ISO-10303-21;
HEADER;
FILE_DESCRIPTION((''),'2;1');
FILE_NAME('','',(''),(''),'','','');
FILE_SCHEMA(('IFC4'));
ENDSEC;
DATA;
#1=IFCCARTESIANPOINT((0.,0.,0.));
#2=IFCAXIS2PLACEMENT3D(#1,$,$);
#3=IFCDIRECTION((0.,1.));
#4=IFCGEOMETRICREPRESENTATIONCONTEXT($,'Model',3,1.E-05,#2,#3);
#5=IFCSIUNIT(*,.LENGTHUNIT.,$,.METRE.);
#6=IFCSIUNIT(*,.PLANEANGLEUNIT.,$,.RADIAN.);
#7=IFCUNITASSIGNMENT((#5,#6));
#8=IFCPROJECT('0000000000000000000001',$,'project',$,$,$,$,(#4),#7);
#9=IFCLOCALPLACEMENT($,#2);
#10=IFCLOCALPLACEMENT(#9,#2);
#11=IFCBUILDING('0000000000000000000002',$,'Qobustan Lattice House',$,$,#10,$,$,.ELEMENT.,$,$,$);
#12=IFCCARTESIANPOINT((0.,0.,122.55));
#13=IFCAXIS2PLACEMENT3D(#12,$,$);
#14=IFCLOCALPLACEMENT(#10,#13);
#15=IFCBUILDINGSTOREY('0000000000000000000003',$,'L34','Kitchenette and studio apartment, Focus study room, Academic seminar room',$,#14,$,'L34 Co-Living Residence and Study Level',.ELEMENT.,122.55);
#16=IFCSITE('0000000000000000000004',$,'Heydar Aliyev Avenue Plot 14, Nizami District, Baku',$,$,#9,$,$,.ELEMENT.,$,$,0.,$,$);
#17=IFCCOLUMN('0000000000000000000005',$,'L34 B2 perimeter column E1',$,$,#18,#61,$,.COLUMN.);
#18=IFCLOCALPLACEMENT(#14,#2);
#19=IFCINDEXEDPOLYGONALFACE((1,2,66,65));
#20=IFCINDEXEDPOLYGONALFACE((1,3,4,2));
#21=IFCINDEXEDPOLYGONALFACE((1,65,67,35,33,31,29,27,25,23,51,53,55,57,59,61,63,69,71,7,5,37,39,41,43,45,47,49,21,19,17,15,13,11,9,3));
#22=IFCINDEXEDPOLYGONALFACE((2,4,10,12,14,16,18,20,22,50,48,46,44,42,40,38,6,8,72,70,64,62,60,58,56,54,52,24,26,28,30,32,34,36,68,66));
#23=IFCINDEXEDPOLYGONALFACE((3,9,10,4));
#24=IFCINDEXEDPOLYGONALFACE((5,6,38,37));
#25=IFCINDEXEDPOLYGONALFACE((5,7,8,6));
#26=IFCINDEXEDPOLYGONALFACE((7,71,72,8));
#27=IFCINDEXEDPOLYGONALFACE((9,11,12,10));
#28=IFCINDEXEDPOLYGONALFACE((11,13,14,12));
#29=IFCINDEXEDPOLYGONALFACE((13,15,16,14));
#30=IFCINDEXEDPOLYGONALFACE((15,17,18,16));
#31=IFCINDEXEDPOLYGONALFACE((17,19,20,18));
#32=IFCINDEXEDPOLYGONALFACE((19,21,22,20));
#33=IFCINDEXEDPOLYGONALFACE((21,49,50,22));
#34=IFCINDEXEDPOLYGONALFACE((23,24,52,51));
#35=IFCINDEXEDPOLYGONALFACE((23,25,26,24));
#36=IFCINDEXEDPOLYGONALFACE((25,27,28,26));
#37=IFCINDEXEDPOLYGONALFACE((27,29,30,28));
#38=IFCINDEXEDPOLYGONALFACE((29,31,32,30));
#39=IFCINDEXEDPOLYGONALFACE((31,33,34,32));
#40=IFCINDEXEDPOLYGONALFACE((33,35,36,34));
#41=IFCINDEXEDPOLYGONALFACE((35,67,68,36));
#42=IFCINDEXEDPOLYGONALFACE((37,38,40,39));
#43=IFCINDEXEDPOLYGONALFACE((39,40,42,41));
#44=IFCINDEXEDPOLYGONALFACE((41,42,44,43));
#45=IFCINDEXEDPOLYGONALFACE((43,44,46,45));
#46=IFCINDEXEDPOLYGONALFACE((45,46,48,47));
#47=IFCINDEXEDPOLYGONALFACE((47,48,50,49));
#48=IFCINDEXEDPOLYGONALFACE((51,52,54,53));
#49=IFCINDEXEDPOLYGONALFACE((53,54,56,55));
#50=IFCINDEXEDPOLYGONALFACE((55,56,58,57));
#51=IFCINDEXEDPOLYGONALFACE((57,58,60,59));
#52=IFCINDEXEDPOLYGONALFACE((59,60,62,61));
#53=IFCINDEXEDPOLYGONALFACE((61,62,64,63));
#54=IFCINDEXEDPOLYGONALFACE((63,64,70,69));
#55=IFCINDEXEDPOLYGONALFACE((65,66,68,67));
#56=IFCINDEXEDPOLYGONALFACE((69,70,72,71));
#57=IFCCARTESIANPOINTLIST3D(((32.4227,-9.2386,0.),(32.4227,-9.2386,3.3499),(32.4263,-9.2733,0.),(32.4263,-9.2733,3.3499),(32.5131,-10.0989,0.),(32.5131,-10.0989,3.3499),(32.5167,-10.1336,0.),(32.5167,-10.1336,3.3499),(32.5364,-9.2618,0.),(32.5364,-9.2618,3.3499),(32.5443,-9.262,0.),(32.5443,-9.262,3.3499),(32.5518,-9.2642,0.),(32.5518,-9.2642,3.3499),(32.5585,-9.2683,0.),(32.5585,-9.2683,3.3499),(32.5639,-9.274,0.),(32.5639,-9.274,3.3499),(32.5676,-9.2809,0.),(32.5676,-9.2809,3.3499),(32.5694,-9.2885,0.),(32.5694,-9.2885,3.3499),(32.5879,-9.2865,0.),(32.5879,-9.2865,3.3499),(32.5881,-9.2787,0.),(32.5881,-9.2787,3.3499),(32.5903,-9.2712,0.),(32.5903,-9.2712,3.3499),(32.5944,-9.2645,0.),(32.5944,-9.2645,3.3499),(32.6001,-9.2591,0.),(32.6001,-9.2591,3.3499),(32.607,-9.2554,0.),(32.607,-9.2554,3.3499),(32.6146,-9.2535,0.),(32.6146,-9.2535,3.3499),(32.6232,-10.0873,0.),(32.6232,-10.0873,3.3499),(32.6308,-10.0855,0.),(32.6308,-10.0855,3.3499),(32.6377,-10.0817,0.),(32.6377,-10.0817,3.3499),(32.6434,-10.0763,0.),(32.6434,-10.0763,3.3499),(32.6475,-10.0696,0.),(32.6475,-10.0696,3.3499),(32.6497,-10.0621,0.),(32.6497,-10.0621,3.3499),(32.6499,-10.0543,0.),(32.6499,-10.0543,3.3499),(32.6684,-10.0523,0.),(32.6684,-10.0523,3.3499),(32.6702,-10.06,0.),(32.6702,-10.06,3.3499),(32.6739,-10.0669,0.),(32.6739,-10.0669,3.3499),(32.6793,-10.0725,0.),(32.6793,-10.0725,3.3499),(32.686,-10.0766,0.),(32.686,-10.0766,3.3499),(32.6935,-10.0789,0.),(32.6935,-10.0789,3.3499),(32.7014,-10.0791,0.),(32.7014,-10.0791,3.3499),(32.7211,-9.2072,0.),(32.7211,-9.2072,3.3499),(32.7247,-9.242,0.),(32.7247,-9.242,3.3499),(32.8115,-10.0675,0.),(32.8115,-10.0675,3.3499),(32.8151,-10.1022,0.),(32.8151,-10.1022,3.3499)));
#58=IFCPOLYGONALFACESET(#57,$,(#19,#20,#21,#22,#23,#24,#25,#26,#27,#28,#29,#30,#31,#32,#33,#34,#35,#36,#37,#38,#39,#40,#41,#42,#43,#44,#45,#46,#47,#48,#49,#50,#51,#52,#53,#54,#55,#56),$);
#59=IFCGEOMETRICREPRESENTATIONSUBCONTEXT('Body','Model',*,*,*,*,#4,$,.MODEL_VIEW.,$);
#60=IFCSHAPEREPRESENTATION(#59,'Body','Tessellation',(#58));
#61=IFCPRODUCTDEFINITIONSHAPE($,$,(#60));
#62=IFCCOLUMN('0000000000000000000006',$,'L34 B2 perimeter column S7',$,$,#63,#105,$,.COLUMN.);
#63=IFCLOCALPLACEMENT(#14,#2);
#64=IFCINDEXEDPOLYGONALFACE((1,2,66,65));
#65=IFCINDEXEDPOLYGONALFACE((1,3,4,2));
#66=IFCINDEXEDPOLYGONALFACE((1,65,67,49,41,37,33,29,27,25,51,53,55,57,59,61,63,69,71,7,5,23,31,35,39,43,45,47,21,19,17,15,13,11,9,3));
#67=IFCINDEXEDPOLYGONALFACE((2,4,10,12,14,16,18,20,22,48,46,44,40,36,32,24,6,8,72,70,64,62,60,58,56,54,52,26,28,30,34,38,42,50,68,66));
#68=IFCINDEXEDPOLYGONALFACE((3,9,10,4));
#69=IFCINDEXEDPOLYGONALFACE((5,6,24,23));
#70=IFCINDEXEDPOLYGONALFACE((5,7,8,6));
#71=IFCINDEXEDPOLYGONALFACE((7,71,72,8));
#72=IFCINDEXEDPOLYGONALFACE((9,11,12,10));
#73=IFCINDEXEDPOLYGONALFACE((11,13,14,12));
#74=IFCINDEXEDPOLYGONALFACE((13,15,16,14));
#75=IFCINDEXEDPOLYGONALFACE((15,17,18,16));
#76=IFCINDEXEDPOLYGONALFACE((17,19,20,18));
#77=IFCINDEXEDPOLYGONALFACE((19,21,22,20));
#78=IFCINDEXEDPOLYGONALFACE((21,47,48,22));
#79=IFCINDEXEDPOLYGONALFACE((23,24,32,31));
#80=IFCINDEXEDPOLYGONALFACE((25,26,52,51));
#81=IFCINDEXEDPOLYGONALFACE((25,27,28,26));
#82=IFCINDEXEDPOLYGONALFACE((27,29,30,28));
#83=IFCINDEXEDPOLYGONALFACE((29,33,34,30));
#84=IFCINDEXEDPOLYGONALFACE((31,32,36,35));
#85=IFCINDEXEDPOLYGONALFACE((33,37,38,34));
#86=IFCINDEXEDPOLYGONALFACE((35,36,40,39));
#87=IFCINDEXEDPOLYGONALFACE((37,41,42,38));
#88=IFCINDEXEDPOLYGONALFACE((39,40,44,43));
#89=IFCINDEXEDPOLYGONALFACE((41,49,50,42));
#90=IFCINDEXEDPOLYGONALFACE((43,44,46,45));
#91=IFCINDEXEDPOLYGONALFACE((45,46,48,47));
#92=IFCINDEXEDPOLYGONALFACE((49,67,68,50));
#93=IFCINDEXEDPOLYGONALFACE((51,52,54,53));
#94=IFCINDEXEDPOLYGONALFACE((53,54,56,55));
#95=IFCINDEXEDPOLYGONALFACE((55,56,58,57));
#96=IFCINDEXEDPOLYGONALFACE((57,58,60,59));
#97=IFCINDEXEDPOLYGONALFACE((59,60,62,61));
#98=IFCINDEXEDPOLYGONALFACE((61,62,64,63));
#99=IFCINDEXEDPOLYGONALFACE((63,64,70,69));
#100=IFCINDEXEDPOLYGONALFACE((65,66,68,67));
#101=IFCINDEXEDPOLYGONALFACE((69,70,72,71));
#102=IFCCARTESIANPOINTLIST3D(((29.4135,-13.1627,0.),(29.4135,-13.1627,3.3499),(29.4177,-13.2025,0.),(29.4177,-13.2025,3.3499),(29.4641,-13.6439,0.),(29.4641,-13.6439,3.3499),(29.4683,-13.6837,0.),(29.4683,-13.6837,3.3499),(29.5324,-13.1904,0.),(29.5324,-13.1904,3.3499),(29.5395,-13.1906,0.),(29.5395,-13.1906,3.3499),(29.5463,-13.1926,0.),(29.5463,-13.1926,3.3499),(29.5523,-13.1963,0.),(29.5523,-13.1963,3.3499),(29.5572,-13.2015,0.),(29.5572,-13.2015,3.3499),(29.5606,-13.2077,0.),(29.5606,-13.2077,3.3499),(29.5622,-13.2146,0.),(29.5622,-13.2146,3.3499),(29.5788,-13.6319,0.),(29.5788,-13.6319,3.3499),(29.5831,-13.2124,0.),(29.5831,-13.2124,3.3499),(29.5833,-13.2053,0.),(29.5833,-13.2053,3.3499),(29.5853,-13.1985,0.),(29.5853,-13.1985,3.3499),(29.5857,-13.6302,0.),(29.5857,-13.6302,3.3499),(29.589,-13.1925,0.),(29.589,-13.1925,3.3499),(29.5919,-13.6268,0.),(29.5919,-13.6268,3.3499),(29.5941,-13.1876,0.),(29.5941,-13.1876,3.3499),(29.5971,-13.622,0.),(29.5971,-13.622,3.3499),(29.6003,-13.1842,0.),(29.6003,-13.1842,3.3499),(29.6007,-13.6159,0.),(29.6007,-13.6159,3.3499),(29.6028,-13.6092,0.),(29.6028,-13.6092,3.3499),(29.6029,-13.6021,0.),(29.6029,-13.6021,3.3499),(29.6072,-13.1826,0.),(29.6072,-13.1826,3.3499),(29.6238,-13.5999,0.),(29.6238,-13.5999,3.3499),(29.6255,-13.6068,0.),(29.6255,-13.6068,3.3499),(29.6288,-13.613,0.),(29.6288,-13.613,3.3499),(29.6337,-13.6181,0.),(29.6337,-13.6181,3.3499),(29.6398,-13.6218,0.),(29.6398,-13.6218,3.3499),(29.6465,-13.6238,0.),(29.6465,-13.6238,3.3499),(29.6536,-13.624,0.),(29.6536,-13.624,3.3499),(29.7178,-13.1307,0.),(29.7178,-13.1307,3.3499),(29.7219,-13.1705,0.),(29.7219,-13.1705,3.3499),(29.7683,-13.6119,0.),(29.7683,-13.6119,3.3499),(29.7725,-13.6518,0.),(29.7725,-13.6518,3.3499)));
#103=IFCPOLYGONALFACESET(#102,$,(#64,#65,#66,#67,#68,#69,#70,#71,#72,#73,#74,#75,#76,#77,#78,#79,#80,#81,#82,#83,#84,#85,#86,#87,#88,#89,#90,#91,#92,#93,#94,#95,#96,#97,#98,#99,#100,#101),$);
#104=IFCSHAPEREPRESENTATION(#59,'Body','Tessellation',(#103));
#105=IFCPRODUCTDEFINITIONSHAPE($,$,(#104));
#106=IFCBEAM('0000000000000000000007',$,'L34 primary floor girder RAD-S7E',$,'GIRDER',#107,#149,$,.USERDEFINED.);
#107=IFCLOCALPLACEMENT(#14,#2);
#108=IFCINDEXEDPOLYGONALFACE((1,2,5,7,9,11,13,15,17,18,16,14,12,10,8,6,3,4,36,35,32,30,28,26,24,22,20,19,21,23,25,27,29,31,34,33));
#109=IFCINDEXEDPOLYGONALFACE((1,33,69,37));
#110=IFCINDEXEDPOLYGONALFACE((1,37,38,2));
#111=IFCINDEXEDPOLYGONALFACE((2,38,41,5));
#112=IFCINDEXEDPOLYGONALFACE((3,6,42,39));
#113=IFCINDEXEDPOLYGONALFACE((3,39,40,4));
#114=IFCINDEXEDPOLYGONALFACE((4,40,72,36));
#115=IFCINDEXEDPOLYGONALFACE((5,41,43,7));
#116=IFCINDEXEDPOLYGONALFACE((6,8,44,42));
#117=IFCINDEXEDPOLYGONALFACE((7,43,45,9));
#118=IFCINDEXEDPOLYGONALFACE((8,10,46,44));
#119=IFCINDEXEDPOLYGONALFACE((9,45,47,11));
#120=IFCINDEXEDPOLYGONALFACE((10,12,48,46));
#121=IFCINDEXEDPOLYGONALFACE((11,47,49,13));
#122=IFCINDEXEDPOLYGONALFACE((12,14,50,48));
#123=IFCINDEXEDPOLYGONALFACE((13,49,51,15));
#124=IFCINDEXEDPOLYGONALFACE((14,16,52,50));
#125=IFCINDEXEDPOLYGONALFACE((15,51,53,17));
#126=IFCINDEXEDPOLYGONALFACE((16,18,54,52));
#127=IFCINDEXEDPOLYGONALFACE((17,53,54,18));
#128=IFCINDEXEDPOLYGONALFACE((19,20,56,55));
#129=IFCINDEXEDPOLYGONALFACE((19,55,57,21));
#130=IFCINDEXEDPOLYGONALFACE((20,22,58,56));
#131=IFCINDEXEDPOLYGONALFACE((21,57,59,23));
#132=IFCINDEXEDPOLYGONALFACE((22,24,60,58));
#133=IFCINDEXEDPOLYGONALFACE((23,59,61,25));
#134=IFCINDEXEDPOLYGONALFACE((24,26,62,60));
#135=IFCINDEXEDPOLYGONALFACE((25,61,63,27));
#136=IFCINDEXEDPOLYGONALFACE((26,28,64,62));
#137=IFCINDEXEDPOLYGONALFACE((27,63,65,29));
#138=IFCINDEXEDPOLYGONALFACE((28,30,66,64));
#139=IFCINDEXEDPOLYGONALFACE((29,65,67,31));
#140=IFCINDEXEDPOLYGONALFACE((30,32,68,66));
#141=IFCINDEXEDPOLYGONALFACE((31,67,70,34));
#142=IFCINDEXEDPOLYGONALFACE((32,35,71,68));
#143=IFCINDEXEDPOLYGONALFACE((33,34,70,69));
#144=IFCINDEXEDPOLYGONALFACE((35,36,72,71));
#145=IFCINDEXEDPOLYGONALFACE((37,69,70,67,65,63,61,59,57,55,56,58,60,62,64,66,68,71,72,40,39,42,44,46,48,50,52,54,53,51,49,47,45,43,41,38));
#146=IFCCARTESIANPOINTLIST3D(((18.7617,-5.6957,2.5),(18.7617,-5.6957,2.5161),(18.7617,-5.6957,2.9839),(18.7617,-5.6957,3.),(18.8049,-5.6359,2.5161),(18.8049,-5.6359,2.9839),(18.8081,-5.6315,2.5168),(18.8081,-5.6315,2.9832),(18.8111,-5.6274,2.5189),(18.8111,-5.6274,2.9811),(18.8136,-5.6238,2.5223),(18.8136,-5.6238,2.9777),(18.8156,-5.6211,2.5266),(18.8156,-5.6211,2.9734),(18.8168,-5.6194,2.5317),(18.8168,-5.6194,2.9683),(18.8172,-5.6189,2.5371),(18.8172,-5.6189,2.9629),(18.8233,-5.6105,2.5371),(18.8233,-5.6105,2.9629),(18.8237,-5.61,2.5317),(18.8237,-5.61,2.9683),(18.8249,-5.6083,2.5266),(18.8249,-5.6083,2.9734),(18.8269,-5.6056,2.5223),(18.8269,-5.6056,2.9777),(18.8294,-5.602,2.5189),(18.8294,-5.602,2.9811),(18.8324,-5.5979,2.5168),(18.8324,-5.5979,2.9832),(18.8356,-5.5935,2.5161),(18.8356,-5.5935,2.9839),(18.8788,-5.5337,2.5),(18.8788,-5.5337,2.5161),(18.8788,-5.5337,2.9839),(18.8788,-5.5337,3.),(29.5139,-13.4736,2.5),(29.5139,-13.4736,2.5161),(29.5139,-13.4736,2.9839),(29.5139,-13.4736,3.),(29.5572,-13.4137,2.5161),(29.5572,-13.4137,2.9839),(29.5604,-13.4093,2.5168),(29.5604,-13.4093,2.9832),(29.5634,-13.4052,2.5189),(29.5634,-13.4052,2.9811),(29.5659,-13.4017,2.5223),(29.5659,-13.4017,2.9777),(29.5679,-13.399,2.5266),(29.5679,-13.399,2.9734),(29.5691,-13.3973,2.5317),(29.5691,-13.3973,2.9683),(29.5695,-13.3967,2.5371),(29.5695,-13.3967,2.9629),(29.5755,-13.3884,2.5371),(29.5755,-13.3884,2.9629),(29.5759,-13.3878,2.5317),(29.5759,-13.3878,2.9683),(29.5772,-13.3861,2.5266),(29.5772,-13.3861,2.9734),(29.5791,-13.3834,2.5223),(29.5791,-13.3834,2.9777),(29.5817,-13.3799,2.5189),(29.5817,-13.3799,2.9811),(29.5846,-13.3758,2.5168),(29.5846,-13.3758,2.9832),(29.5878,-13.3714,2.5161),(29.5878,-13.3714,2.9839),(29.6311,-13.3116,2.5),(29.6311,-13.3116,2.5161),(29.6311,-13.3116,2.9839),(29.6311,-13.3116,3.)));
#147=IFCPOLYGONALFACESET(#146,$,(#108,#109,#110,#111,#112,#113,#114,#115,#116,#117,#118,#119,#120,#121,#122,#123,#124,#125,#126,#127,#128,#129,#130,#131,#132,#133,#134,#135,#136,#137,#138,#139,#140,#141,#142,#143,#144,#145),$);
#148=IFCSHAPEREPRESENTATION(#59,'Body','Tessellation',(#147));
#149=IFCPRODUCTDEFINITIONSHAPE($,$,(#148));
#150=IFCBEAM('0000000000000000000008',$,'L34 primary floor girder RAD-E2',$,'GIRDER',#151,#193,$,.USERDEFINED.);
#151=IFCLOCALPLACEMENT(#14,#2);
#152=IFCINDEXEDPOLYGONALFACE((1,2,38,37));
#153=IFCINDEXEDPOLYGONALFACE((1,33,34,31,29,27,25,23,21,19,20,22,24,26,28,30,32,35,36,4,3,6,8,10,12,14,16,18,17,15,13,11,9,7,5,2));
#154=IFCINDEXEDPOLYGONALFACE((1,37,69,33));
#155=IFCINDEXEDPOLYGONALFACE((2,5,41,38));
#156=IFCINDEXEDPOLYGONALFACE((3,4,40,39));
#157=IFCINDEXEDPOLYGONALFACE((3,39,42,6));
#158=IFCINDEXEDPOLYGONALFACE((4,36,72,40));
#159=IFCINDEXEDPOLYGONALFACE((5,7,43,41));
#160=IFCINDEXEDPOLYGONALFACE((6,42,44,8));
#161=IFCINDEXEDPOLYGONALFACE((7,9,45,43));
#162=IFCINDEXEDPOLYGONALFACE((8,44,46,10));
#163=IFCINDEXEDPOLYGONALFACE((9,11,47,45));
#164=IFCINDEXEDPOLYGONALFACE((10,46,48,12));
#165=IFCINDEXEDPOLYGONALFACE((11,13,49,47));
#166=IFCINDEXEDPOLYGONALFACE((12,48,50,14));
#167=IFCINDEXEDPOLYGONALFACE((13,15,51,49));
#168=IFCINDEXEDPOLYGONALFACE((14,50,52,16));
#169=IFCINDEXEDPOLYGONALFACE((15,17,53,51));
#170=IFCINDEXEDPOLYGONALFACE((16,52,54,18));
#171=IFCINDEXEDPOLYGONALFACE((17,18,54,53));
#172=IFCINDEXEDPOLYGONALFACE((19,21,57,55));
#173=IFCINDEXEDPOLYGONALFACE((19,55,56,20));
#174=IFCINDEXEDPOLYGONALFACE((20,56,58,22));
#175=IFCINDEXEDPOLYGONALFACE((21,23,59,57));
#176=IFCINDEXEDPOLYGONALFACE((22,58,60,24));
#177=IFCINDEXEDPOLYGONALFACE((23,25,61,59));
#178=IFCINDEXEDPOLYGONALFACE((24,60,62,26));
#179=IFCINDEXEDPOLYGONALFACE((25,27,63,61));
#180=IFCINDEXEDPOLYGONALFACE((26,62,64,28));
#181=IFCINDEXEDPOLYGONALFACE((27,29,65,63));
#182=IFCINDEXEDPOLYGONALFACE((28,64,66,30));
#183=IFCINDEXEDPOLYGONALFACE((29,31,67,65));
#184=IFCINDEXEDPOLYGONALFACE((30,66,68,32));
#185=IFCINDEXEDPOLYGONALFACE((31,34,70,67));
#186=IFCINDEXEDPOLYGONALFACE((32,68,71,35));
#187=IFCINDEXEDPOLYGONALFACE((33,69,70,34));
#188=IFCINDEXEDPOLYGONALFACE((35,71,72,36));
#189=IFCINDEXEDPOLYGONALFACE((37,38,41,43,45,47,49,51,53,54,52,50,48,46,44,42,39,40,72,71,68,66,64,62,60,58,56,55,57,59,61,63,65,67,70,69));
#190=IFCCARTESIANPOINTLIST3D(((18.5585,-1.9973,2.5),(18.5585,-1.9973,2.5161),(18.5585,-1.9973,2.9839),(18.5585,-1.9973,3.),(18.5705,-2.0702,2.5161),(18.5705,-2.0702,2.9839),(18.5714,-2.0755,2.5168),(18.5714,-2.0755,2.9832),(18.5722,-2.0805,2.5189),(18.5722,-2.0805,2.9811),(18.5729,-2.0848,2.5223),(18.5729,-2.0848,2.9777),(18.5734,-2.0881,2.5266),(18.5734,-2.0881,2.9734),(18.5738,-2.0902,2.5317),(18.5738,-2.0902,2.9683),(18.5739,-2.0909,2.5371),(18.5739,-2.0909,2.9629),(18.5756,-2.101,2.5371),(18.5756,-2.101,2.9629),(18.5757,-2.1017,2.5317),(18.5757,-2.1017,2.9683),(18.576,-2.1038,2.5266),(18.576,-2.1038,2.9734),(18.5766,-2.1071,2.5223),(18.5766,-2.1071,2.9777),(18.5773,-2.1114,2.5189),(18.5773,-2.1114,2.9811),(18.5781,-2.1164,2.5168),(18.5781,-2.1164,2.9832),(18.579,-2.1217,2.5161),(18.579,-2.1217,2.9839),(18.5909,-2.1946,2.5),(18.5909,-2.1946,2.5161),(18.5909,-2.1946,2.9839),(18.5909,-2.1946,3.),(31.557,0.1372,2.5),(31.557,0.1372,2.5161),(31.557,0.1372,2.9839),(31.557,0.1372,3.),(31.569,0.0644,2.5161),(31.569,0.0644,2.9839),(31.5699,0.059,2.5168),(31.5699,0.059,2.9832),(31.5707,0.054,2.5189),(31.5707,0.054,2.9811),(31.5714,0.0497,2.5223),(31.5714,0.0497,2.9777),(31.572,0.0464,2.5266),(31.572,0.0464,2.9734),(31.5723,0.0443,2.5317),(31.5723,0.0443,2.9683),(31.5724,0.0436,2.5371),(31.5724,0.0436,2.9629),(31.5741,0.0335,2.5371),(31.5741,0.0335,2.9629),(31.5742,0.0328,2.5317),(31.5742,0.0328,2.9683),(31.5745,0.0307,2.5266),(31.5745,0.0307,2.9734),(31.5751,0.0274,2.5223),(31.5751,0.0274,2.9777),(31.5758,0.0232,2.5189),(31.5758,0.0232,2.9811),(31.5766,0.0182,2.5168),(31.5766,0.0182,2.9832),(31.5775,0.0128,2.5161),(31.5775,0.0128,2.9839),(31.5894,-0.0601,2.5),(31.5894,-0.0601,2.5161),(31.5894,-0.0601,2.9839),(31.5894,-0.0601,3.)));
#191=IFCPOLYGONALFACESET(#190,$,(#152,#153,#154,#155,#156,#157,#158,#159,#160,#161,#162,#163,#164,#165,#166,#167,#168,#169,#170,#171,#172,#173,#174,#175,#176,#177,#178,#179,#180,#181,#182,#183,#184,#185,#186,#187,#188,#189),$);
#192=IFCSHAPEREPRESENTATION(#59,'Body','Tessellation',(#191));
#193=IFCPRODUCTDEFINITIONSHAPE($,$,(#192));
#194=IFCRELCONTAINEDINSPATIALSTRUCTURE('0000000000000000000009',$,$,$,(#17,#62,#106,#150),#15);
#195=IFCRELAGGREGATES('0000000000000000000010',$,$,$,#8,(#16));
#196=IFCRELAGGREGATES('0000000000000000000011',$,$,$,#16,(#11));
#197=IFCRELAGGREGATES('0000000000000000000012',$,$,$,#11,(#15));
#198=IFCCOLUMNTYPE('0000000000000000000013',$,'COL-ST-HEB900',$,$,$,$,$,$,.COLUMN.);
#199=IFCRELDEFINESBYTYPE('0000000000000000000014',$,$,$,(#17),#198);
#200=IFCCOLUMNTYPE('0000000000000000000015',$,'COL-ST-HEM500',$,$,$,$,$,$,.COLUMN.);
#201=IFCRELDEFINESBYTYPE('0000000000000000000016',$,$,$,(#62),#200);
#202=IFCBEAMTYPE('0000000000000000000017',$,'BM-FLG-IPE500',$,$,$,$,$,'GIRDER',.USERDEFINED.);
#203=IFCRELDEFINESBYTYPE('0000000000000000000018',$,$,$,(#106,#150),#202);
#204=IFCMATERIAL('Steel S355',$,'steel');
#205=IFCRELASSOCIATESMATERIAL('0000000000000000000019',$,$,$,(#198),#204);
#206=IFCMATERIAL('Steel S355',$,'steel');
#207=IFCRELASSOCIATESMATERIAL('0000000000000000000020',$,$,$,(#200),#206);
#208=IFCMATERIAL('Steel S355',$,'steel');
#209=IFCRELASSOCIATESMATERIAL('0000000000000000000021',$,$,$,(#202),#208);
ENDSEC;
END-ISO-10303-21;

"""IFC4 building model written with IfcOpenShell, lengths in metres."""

from ifc_helpers import new_model, si_unit, direction, frame, origin, origin_2d, place, context, subcontext, project, spatial, i_section, extrude, material, material_profile, profile_set, type_object, element, save


model = new_model("IFC4")

# Units and contexts
model_context = context("Model", 3, precision=1e-05, world=origin(), true_north=direction((0.0, 1.0)))
body_context = subcontext(model_context, "Body", "Model", "MODEL_VIEW")
ifc_project = project(units=[si_unit("LENGTHUNIT", "METRE"), si_unit("PLANEANGLEUNIT", "RADIAN")], contexts=[model_context])

# Site, building, storey
site_placement = place(None, origin())
site = spatial("IfcSite", under=ifc_project, at=site_placement, Name="Heydar Aliyev Avenue Plot 14, Nizami District, Baku", CompositionType="ELEMENT", RefElevation=0.0)
building_placement = place(site_placement, origin())
building = spatial("IfcBuilding", under=site, at=building_placement, Name="Qobustan Lattice House", CompositionType="ELEMENT")
storey_placement = place(building_placement, frame((0.0, 0.0, 122.55)))
storey = spatial("IfcBuildingStorey", under=building, at=storey_placement, Name="L34", Description="Kitchenette and studio apartment, Focus study room, Academic seminar room", LongName="L34 Co-Living Residence and Study Level", CompositionType="ELEMENT", Elevation=122.55)

# Columns
ifc_material_1 = material(Name="Steel S355", Category="steel")
ifc_material_profile_1 = material_profile(ifc_material_1, i_section(OverallWidth=0.3, OverallDepth=0.8999, WebThickness=0.0186, FlangeThickness=0.0349, FilletRadius=0.03, at=origin_2d()), Name="HEB900")
ifc_profile_set_1 = profile_set([ifc_material_profile_1], Name="Steel S355")
column_type_1 = type_object("IfcColumnType", Name="COL-ST-HEB900", PredefinedType="COLUMN", material=ifc_profile_set_1)
column_1_placement = place(storey_placement, frame((32.6189, -9.6704, 0.0), z_axis=(0.0, 0.0, 1.0), x_axis=(0.994522, 0.104528, 0.0)))
element("IfcColumn", 1, at=column_1_placement, inside=storey, type_object=column_type_1, Name="L34 B2 perimeter column E1", PredefinedType="COLUMN", context=body_context, shape_type="SweptSolid", body=[
    extrude(i_section(OverallWidth=0.3, OverallDepth=0.8999, WebThickness=0.0186, FlangeThickness=0.0349, FilletRadius=0.03, at=origin_2d()), origin(), (0.0, 0.0, 1.0), 3.3499),
])
ifc_material_2 = material(Name="Steel S355", Category="steel")
ifc_material_profile_2 = material_profile(ifc_material_2, i_section(OverallWidth=0.3059, OverallDepth=0.5239, WebThickness=0.021, FlangeThickness=0.04, FilletRadius=0.0271, at=origin_2d()), Name="HEM500")
ifc_profile_set_2 = profile_set([ifc_material_profile_2], Name="Steel S355")
column_type_2 = type_object("IfcColumnType", Name="COL-ST-HEM500", PredefinedType="COLUMN", material=ifc_profile_set_2)
column_2_placement = place(storey_placement, frame((29.593, -13.4072, 0.0), z_axis=(0.0, 0.0, 1.0), x_axis=(0.994522, 0.104528, 0.0)))
element("IfcColumn", 2, at=column_2_placement, inside=storey, type_object=column_type_2, Name="L34 B2 perimeter column S7", PredefinedType="COLUMN", context=body_context, shape_type="SweptSolid", body=[
    extrude(i_section(OverallWidth=0.3059, OverallDepth=0.5239, WebThickness=0.021, FlangeThickness=0.04, FilletRadius=0.0271, at=origin_2d()), origin(), (0.0, 0.0, 1.0), 3.3499),
])

# Beams
ifc_material_3 = material(Name="Steel S355", Category="steel")
ifc_material_profile_3 = material_profile(ifc_material_3, i_section(OverallWidth=0.2, OverallDepth=0.5, WebThickness=0.0103, FlangeThickness=0.0161, FilletRadius=0.021, at=origin_2d()), Name="IPE500")
ifc_profile_set_3 = profile_set([ifc_material_profile_3], Name="Steel S355")
beam_type_1 = type_object("IfcBeamType", Name="BM-FLG-IPE500", ElementType="GIRDER", PredefinedType="USERDEFINED", material=ifc_profile_set_3)
beam_1_placement = place(storey_placement, frame((29.5725, -13.3926, 2.75), z_axis=(-0.810237, 0.586102, 0.0), x_axis=(-0.586102, -0.810237, 0.0)))
element("IfcBeam", 3, at=beam_1_placement, inside=storey, type_object=beam_type_1, Name="L34 primary floor girder RAD-S7E", ObjectType="GIRDER", PredefinedType="USERDEFINED", context=body_context, shape_type="SweptSolid", body=[
    extrude(i_section(OverallWidth=0.2, OverallDepth=0.5, WebThickness=0.0103, FlangeThickness=0.0161, FilletRadius=0.021, at=origin_2d()), origin(), (0.0, 0.0, 1.0), 13.2705),
])
beam_2_placement = place(storey_placement, frame((31.5732, 0.0386, 2.75), z_axis=(-0.986784, -0.162042, 0.0), x_axis=(0.162042, -0.986784, 0.0)))
element("IfcBeam", 4, at=beam_2_placement, inside=storey, type_object=beam_type_1, Name="L34 primary floor girder RAD-E2", ObjectType="GIRDER", PredefinedType="USERDEFINED", context=body_context, shape_type="SweptSolid", body=[
    extrude(i_section(OverallWidth=0.2, OverallDepth=0.5, WebThickness=0.0103, FlangeThickness=0.0161, FilletRadius=0.021, at=origin_2d()), origin(), (0.0, 0.0, 1.0), 13.1726),
])

save(model, "model.ifc")
